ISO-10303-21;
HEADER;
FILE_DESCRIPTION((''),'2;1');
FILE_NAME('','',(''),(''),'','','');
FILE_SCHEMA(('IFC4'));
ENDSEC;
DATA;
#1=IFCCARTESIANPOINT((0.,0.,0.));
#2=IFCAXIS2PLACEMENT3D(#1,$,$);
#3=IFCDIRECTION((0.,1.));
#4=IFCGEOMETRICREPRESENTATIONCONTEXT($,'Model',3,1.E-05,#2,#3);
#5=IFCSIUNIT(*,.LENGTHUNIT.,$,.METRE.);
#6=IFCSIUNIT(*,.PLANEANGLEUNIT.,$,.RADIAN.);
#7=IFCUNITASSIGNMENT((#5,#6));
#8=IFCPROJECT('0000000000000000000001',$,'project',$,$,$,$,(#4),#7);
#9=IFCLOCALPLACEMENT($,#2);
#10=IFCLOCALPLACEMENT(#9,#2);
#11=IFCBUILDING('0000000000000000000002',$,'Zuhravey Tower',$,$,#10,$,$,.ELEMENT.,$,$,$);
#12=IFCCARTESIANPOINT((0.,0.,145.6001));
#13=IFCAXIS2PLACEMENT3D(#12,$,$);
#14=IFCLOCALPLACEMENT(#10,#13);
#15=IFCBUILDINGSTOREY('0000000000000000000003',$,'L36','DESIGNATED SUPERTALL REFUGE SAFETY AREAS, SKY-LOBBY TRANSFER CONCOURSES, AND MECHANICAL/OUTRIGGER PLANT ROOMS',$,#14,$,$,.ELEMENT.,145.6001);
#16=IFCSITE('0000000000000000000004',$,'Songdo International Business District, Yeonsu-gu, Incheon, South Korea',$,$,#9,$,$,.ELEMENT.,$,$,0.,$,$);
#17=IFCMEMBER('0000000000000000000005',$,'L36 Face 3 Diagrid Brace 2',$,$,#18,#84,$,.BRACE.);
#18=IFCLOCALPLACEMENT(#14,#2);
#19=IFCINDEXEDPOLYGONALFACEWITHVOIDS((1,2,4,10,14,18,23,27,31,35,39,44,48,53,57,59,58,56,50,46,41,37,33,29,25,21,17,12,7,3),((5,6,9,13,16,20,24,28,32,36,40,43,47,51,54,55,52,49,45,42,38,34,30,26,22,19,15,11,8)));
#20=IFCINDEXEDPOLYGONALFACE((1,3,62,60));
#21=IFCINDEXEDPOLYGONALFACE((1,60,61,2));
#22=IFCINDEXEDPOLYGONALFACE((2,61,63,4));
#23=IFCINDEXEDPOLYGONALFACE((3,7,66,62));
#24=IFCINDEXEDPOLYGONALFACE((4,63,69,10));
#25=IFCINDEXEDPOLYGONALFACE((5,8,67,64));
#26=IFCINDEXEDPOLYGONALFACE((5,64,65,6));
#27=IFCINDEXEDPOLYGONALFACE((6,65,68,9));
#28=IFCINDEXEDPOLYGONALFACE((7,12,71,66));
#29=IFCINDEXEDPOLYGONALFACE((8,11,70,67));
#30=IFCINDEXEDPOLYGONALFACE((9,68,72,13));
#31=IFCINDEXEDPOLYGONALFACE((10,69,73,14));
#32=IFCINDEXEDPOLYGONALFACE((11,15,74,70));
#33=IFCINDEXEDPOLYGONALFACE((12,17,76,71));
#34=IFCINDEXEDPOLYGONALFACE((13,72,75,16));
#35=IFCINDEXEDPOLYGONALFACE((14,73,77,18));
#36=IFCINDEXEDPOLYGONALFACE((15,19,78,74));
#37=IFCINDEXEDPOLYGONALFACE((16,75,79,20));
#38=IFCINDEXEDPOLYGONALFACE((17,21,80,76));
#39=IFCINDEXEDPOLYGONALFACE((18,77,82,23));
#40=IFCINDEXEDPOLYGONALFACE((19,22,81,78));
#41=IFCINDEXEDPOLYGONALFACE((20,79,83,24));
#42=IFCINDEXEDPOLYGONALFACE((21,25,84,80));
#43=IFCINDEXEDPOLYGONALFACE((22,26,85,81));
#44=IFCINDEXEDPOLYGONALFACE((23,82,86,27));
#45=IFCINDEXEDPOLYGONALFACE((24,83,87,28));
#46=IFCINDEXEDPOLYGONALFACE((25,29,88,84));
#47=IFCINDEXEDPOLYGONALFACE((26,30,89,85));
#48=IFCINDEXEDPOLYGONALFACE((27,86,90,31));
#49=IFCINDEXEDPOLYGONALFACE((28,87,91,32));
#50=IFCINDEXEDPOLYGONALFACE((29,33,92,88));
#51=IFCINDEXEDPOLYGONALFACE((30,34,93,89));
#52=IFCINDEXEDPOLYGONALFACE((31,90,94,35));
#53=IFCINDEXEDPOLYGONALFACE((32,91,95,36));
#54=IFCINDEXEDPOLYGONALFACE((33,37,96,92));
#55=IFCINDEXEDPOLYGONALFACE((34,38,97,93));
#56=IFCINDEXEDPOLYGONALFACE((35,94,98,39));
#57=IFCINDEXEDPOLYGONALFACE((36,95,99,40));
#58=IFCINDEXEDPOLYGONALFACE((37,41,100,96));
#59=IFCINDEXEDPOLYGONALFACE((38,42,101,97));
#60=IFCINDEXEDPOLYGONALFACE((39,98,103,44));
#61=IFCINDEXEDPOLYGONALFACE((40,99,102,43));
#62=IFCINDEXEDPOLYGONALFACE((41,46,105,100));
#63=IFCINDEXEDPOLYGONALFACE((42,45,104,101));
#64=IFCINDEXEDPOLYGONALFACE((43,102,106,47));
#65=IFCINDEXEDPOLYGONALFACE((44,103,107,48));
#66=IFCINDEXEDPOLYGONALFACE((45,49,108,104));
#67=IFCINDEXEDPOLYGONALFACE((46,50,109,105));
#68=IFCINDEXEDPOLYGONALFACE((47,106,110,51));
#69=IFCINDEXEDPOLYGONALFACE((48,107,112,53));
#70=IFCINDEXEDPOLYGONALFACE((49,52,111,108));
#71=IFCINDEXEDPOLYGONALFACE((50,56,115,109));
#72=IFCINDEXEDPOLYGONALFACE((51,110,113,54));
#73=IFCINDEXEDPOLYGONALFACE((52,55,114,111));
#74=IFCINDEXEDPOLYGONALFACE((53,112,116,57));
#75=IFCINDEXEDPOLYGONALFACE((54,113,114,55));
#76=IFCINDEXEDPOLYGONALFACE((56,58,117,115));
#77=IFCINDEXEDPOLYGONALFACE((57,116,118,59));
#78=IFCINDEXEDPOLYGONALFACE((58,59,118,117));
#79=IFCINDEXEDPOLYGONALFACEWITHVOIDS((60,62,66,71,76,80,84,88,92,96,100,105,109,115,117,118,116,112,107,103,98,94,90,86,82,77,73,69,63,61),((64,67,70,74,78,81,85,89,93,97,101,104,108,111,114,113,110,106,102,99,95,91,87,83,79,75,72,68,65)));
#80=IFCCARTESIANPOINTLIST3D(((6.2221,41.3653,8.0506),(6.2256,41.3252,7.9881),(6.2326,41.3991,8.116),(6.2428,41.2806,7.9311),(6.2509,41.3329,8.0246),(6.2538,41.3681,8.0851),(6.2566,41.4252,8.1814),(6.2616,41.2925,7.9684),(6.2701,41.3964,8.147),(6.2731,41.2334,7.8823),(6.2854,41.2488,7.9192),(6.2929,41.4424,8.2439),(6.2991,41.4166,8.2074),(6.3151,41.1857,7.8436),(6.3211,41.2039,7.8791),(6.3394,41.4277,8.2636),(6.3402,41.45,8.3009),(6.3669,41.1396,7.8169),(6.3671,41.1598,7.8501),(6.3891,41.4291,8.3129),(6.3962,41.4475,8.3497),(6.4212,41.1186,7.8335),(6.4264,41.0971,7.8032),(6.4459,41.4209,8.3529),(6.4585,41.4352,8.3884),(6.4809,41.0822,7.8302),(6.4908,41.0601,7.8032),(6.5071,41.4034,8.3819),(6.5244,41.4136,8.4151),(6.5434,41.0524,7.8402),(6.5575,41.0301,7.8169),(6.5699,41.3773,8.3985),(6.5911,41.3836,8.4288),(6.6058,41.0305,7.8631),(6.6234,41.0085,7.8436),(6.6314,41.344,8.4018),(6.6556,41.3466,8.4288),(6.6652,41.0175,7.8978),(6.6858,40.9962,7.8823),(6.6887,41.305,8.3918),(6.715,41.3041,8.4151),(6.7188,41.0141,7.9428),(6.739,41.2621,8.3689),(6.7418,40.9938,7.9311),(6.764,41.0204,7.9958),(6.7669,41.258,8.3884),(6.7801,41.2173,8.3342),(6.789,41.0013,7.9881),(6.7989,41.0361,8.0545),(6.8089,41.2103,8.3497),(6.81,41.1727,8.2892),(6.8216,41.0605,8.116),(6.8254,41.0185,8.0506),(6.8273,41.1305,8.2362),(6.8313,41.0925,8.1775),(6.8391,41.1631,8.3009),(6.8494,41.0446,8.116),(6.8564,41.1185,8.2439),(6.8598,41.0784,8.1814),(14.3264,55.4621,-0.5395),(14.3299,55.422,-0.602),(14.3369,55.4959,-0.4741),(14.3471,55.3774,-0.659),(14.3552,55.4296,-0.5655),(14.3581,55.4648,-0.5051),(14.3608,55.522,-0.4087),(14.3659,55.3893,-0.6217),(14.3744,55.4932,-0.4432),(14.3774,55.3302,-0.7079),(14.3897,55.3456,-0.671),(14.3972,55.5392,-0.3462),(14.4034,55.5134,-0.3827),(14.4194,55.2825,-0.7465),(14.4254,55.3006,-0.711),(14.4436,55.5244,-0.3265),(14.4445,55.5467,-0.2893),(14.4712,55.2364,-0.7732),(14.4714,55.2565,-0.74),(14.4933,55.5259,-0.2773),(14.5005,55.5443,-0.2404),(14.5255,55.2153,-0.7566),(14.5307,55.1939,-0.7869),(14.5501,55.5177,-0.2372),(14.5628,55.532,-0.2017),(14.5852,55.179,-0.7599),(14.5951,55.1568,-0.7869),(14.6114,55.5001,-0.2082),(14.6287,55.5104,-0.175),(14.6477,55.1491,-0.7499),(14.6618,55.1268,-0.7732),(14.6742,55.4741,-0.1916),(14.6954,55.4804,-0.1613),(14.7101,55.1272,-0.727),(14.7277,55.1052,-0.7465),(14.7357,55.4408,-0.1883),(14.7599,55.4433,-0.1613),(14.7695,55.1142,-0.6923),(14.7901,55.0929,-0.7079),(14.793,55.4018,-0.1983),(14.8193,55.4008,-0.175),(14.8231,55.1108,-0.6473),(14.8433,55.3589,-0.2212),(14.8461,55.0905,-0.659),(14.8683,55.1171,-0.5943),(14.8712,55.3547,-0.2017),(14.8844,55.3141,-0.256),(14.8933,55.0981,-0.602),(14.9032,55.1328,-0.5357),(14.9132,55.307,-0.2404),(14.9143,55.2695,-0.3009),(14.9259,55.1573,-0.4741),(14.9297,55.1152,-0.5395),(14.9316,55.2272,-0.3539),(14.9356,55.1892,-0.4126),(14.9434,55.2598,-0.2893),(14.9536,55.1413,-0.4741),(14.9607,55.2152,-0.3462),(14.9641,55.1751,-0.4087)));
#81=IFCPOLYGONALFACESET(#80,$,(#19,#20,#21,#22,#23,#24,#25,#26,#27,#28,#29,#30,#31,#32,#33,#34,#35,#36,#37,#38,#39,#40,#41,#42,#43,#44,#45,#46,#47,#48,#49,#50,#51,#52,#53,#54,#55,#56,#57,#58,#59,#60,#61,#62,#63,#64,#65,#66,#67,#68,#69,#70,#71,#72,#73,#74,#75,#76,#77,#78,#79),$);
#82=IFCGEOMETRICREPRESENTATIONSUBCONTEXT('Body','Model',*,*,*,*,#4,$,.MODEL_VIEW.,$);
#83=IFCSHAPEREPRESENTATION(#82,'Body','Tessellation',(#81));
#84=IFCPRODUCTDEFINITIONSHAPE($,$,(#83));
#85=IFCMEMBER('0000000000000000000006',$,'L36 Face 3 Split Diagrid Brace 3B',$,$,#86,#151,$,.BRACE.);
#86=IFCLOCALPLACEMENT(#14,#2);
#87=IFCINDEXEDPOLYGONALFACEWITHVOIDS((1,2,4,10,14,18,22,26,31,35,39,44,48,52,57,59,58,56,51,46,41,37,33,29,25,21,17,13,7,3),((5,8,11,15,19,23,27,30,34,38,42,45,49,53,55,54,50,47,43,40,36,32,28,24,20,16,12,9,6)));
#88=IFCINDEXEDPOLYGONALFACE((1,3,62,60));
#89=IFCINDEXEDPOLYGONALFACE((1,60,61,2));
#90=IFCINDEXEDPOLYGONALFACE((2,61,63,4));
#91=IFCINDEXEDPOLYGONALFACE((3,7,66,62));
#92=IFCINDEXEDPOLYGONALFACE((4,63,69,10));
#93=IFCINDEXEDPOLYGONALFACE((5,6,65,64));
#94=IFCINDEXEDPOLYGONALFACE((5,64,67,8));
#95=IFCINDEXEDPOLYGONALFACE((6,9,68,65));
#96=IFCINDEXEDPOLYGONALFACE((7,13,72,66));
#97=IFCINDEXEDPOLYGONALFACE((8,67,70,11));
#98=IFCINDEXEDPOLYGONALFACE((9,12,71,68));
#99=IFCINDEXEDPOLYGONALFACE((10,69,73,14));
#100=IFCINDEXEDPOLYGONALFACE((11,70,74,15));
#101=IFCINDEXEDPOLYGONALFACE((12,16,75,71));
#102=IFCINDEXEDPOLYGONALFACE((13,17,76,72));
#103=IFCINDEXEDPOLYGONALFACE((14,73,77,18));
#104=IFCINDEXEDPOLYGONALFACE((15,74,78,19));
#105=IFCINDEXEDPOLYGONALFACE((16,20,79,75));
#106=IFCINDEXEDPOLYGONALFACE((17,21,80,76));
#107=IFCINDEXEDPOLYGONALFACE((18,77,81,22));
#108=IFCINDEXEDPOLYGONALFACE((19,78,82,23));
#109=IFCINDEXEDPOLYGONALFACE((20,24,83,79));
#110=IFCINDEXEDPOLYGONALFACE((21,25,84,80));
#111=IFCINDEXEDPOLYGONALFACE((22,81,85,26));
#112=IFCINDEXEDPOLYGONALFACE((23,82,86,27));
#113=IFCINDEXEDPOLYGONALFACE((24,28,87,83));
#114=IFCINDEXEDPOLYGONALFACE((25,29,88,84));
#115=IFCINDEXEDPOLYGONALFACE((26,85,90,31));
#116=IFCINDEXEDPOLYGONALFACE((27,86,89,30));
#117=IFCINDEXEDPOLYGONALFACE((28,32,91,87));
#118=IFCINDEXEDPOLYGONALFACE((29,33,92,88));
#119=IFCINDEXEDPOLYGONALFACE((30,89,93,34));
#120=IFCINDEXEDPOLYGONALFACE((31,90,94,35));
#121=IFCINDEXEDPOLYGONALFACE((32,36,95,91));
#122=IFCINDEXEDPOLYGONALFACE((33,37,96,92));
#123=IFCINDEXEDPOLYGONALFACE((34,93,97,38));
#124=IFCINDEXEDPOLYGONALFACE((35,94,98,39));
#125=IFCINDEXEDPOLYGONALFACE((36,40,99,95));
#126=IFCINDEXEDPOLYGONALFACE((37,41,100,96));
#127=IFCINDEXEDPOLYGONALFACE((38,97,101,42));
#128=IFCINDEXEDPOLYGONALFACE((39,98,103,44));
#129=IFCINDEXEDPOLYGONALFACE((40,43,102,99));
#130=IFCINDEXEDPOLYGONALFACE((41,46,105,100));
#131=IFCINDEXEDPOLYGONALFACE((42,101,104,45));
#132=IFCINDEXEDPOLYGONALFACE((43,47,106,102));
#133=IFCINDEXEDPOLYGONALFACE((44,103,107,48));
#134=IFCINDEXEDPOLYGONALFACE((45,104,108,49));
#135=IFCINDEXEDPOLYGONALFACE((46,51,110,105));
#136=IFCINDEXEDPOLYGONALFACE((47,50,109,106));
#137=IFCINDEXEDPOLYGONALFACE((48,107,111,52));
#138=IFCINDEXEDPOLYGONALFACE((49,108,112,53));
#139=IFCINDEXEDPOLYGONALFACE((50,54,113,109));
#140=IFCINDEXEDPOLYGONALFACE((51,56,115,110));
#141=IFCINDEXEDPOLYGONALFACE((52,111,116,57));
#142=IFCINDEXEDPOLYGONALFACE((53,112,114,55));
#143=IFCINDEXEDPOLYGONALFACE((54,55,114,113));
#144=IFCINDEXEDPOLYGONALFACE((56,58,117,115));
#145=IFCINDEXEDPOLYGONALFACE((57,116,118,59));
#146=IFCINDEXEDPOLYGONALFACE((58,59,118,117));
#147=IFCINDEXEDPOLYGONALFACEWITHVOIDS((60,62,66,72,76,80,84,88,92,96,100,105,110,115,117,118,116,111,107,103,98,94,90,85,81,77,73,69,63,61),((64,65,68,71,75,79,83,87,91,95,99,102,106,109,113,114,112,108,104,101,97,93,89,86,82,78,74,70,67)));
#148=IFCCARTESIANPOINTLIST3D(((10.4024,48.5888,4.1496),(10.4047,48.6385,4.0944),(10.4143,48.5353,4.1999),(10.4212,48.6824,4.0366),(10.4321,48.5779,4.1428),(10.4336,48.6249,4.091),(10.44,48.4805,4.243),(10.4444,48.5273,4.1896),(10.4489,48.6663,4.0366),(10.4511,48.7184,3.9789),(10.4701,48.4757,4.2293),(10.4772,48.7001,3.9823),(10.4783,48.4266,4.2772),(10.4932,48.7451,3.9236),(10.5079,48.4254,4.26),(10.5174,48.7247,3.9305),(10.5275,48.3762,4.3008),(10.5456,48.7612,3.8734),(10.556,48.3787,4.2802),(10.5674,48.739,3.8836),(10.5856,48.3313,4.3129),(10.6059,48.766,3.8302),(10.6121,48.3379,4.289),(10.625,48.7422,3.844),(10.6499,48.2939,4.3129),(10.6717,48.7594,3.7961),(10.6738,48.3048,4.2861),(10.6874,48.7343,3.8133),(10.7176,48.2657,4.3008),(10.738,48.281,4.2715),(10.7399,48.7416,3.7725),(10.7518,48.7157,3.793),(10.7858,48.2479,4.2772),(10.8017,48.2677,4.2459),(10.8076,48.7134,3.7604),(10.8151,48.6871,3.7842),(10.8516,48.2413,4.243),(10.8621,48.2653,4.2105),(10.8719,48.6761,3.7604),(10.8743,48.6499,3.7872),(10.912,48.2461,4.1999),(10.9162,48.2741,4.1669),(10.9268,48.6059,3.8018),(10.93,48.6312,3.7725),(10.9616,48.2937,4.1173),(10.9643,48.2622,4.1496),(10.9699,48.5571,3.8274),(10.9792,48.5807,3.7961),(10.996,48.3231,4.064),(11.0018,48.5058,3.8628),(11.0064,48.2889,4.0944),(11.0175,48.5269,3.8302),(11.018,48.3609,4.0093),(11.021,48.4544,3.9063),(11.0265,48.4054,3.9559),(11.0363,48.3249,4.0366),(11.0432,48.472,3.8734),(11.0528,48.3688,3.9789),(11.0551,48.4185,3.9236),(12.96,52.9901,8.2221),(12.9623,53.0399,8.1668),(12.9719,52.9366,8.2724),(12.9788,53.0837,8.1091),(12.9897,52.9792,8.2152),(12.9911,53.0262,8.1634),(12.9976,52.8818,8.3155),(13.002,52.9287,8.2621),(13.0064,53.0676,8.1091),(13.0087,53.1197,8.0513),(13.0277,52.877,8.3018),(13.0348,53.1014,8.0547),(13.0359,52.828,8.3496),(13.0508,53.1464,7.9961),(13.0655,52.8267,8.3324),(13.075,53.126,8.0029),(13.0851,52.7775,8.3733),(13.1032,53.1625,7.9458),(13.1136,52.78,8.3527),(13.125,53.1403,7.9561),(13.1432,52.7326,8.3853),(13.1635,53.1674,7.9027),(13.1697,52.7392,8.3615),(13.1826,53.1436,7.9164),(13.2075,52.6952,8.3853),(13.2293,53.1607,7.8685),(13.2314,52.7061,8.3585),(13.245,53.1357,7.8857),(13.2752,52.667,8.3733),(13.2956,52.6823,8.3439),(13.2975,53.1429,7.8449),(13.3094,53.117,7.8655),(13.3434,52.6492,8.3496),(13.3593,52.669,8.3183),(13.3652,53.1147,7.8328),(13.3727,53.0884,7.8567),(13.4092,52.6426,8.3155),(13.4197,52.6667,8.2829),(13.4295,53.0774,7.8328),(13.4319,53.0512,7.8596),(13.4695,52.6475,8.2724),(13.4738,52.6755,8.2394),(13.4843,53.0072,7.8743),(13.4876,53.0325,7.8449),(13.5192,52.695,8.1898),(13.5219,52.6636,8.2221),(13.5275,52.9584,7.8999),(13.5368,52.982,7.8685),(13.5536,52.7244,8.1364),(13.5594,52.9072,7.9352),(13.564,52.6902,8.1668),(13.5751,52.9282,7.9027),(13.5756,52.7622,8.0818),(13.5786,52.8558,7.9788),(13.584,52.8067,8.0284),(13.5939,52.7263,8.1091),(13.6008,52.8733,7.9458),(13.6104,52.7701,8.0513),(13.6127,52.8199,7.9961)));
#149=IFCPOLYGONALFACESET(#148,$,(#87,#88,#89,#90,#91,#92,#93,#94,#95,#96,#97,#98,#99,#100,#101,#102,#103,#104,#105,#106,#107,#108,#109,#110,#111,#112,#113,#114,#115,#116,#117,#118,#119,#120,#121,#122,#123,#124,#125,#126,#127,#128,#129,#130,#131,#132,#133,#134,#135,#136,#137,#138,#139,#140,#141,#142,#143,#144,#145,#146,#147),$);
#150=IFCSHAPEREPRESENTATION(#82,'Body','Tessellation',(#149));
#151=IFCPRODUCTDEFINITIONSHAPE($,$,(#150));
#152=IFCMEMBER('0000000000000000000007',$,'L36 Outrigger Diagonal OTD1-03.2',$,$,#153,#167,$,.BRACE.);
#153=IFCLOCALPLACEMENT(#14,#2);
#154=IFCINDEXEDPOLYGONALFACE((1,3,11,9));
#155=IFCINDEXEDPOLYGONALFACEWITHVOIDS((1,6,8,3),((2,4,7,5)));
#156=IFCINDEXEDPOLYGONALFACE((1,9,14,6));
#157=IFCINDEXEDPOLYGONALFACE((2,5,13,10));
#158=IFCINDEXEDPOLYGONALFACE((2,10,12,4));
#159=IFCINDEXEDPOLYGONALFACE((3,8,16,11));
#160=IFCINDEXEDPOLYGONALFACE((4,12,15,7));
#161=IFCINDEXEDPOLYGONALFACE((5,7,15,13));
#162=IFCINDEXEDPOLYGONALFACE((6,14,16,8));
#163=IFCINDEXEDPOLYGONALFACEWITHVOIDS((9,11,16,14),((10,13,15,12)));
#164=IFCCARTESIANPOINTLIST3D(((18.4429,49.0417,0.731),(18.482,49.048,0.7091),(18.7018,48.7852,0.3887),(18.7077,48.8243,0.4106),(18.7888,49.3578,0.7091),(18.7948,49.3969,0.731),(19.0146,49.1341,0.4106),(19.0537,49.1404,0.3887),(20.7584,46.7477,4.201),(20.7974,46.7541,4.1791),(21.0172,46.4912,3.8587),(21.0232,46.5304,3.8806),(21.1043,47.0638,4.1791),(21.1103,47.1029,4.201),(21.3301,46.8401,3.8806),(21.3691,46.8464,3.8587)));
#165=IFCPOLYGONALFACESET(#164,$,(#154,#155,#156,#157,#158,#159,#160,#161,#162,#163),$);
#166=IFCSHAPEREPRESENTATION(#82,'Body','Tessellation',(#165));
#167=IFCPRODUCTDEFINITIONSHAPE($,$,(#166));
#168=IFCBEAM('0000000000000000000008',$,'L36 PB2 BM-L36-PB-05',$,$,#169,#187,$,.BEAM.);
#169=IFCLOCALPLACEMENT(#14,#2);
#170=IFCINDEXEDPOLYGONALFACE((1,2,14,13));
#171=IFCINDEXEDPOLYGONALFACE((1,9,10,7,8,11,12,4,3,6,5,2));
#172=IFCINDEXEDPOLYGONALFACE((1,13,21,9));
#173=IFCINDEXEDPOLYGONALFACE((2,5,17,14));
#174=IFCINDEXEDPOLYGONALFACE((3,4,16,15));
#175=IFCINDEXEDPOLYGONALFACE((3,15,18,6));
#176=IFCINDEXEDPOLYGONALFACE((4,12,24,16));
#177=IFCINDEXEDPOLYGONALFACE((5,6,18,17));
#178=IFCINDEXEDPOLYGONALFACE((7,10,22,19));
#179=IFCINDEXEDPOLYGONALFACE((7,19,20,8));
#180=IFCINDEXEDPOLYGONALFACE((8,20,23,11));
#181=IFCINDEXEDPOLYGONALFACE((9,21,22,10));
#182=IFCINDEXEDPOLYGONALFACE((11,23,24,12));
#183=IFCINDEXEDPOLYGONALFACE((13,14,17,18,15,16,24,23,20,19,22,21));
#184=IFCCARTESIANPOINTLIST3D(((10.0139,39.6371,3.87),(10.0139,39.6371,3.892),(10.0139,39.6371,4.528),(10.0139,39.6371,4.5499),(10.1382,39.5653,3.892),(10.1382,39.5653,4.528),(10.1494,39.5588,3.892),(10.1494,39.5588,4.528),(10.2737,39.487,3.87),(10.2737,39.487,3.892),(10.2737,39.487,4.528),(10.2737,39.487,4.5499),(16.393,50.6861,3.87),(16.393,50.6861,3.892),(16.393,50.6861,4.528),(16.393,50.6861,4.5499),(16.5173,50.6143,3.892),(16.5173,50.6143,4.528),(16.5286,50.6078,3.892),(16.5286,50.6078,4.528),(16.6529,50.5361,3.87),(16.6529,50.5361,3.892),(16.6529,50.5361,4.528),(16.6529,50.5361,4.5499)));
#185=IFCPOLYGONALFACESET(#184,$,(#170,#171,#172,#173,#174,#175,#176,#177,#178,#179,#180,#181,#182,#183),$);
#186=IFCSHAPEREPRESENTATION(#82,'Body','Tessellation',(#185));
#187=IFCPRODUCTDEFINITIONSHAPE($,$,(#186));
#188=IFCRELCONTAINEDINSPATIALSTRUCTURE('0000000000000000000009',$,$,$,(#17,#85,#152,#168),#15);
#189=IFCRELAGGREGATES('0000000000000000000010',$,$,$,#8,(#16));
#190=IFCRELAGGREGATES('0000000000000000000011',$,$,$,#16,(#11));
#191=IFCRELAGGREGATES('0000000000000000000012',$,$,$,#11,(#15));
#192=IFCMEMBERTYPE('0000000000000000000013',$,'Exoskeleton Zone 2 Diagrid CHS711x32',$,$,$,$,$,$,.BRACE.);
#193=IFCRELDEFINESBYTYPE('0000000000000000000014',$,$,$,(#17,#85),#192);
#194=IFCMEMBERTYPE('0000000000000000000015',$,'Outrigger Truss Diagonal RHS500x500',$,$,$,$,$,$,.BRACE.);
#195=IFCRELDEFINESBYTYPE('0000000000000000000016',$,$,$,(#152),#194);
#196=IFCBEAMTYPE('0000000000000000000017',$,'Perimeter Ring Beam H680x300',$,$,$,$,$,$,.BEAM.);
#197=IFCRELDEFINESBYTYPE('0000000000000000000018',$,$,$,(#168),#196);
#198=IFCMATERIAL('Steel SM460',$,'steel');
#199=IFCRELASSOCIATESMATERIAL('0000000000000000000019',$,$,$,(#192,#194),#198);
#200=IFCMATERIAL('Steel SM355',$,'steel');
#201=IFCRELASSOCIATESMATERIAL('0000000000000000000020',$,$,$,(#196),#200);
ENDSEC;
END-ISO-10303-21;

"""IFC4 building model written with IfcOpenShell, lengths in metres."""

from ifc_helpers import new_model, si_unit, direction, frame, origin, origin_2d, place, context, subcontext, project, spatial, hollow_rectangle, hollow_circle, i_section, extrude, material, material_profile, profile_set, type_object, element, save


model = new_model("IFC4")

# Units and contexts
model_context = context("Model", 3, precision=1e-05, world=origin(), true_north=direction((0.0, 1.0)))
body_context = subcontext(model_context, "Body", "Model", "MODEL_VIEW")
ifc_project = project(units=[si_unit("LENGTHUNIT", "METRE"), si_unit("PLANEANGLEUNIT", "RADIAN")], contexts=[model_context])

# Site, building, storey
site_placement = place(None, origin())
site = spatial("IfcSite", under=ifc_project, at=site_placement, Name="Songdo International Business District, Yeonsu-gu, Incheon, South Korea", CompositionType="ELEMENT", RefElevation=0.0)
building_placement = place(site_placement, origin())
building = spatial("IfcBuilding", under=site, at=building_placement, Name="Zuhravey Tower", CompositionType="ELEMENT")
storey_placement = place(building_placement, frame((0.0, 0.0, 145.6001)))
storey = spatial("IfcBuildingStorey", under=building, at=storey_placement, Name="L36", Description="DESIGNATED SUPERTALL REFUGE SAFETY AREAS, SKY-LOBBY TRANSFER CONCOURSES, AND MECHANICAL/OUTRIGGER PLANT ROOMS", CompositionType="ELEMENT", Elevation=145.6001)

# Members
ifc_material_1 = material(Name="Steel SM355", Category="steel")
ifc_material_2 = material(Name="Steel SM460", Category="steel")
ifc_material_profile_1 = material_profile(ifc_material_2, hollow_circle(Radius=0.3557, WallThickness=0.032, at=origin_2d()), Name="CHS-711.2x32")
ifc_profile_set_1 = profile_set([ifc_material_profile_1], Name="Steel SM460")
member_type_1 = type_object("IfcMemberType", Name="Exoskeleton Zone 2 Diagrid CHS711x32", PredefinedType="BRACE", material=ifc_profile_set_1)
member_1_placement = place(storey_placement, frame((14.6453, 55.3186, -0.4741), z_axis=(-0.440693, -0.766549, 0.467111), x_axis=(0.866942, -0.498409, 0.0)))
element("IfcMember", 1, at=member_1_placement, inside=storey, type_object=member_type_1, Name="L36 Face 3 Diagrid Brace 2", PredefinedType="BRACE", context=body_context, shape_type="SweptSolid", body=[
    extrude(hollow_circle(Radius=0.3557, WallThickness=0.032, at=origin_2d()), origin(), (0.0, 0.0, 1.0), 18.3899),
])
member_2_placement = place(storey_placement, frame((10.7288, 48.5037, 4.0366), z_axis=(0.392326, 0.675149, 0.624703), x_axis=(-0.86462, 0.502427, 0.0)))
element("IfcMember", 2, at=member_2_placement, inside=storey, type_object=member_type_1, Name="L36 Face 3 Split Diagrid Brace 3B", PredefinedType="BRACE", context=body_context, shape_type="SweptSolid", body=[
    extrude(hollow_circle(Radius=0.3557, WallThickness=0.032, at=origin_2d()), origin(), (0.0, 0.0, 1.0), 6.519),
])
ifc_material_profile_2 = material_profile(ifc_material_2, hollow_rectangle(XDim=0.5, YDim=0.5, WallThickness=0.032, at=origin_2d()), Name="RHS-500x500x32")
ifc_profile_set_2 = profile_set([ifc_material_profile_2], Name="Steel SM460")
member_type_2 = type_object("IfcMemberType", Name="Outrigger Truss Diagonal RHS500x500", PredefinedType="BRACE", material=ifc_profile_set_2)
member_3_placement = place(storey_placement, frame((18.7483, 49.0911, 0.5598), z_axis=(0.486365, -0.481852, 0.728881), x_axis=(0.703803, 0.710395, 0.0)))
element("IfcMember", 3, at=member_3_placement, inside=storey, type_object=member_type_2, Name="L36 Outrigger Diagonal OTD1-03.2", PredefinedType="BRACE", context=body_context, shape_type="SweptSolid", body=[
    extrude(hollow_rectangle(XDim=0.5, YDim=0.5, WallThickness=0.032, at=origin_2d()), origin(), (0.0, 0.0, 1.0), 4.7607),
])

# Beam
ifc_material_profile_3 = material_profile(ifc_material_1, i_section(OverallWidth=0.3, OverallDepth=0.6799, WebThickness=0.0129, FlangeThickness=0.022, at=origin_2d()), Name="H-680x300x13x22")
ifc_profile_set_3 = profile_set([ifc_material_profile_3], Name="Steel SM355")
beam_type_1 = type_object("IfcBeamType", Name="Perimeter Ring Beam H680x300", PredefinedType="BEAM", material=ifc_profile_set_3)
beam_1_placement = place(storey_placement, frame((16.5229, 50.6111, 4.21), z_axis=(-0.499998, -0.866027, 0.0), x_axis=(0.866027, -0.499998, 0.0)))
element("IfcBeam", 4, at=beam_1_placement, inside=storey, type_object=beam_type_1, Name="L36 PB2 BM-L36-PB-05", PredefinedType="BEAM", context=body_context, shape_type="SweptSolid", body=[
    extrude(i_section(OverallWidth=0.3, OverallDepth=0.6799, WebThickness=0.0129, FlangeThickness=0.022, at=origin_2d()), origin(), (0.0, 0.0, 1.0), 12.7583),
])

save(model, "model.ifc")
